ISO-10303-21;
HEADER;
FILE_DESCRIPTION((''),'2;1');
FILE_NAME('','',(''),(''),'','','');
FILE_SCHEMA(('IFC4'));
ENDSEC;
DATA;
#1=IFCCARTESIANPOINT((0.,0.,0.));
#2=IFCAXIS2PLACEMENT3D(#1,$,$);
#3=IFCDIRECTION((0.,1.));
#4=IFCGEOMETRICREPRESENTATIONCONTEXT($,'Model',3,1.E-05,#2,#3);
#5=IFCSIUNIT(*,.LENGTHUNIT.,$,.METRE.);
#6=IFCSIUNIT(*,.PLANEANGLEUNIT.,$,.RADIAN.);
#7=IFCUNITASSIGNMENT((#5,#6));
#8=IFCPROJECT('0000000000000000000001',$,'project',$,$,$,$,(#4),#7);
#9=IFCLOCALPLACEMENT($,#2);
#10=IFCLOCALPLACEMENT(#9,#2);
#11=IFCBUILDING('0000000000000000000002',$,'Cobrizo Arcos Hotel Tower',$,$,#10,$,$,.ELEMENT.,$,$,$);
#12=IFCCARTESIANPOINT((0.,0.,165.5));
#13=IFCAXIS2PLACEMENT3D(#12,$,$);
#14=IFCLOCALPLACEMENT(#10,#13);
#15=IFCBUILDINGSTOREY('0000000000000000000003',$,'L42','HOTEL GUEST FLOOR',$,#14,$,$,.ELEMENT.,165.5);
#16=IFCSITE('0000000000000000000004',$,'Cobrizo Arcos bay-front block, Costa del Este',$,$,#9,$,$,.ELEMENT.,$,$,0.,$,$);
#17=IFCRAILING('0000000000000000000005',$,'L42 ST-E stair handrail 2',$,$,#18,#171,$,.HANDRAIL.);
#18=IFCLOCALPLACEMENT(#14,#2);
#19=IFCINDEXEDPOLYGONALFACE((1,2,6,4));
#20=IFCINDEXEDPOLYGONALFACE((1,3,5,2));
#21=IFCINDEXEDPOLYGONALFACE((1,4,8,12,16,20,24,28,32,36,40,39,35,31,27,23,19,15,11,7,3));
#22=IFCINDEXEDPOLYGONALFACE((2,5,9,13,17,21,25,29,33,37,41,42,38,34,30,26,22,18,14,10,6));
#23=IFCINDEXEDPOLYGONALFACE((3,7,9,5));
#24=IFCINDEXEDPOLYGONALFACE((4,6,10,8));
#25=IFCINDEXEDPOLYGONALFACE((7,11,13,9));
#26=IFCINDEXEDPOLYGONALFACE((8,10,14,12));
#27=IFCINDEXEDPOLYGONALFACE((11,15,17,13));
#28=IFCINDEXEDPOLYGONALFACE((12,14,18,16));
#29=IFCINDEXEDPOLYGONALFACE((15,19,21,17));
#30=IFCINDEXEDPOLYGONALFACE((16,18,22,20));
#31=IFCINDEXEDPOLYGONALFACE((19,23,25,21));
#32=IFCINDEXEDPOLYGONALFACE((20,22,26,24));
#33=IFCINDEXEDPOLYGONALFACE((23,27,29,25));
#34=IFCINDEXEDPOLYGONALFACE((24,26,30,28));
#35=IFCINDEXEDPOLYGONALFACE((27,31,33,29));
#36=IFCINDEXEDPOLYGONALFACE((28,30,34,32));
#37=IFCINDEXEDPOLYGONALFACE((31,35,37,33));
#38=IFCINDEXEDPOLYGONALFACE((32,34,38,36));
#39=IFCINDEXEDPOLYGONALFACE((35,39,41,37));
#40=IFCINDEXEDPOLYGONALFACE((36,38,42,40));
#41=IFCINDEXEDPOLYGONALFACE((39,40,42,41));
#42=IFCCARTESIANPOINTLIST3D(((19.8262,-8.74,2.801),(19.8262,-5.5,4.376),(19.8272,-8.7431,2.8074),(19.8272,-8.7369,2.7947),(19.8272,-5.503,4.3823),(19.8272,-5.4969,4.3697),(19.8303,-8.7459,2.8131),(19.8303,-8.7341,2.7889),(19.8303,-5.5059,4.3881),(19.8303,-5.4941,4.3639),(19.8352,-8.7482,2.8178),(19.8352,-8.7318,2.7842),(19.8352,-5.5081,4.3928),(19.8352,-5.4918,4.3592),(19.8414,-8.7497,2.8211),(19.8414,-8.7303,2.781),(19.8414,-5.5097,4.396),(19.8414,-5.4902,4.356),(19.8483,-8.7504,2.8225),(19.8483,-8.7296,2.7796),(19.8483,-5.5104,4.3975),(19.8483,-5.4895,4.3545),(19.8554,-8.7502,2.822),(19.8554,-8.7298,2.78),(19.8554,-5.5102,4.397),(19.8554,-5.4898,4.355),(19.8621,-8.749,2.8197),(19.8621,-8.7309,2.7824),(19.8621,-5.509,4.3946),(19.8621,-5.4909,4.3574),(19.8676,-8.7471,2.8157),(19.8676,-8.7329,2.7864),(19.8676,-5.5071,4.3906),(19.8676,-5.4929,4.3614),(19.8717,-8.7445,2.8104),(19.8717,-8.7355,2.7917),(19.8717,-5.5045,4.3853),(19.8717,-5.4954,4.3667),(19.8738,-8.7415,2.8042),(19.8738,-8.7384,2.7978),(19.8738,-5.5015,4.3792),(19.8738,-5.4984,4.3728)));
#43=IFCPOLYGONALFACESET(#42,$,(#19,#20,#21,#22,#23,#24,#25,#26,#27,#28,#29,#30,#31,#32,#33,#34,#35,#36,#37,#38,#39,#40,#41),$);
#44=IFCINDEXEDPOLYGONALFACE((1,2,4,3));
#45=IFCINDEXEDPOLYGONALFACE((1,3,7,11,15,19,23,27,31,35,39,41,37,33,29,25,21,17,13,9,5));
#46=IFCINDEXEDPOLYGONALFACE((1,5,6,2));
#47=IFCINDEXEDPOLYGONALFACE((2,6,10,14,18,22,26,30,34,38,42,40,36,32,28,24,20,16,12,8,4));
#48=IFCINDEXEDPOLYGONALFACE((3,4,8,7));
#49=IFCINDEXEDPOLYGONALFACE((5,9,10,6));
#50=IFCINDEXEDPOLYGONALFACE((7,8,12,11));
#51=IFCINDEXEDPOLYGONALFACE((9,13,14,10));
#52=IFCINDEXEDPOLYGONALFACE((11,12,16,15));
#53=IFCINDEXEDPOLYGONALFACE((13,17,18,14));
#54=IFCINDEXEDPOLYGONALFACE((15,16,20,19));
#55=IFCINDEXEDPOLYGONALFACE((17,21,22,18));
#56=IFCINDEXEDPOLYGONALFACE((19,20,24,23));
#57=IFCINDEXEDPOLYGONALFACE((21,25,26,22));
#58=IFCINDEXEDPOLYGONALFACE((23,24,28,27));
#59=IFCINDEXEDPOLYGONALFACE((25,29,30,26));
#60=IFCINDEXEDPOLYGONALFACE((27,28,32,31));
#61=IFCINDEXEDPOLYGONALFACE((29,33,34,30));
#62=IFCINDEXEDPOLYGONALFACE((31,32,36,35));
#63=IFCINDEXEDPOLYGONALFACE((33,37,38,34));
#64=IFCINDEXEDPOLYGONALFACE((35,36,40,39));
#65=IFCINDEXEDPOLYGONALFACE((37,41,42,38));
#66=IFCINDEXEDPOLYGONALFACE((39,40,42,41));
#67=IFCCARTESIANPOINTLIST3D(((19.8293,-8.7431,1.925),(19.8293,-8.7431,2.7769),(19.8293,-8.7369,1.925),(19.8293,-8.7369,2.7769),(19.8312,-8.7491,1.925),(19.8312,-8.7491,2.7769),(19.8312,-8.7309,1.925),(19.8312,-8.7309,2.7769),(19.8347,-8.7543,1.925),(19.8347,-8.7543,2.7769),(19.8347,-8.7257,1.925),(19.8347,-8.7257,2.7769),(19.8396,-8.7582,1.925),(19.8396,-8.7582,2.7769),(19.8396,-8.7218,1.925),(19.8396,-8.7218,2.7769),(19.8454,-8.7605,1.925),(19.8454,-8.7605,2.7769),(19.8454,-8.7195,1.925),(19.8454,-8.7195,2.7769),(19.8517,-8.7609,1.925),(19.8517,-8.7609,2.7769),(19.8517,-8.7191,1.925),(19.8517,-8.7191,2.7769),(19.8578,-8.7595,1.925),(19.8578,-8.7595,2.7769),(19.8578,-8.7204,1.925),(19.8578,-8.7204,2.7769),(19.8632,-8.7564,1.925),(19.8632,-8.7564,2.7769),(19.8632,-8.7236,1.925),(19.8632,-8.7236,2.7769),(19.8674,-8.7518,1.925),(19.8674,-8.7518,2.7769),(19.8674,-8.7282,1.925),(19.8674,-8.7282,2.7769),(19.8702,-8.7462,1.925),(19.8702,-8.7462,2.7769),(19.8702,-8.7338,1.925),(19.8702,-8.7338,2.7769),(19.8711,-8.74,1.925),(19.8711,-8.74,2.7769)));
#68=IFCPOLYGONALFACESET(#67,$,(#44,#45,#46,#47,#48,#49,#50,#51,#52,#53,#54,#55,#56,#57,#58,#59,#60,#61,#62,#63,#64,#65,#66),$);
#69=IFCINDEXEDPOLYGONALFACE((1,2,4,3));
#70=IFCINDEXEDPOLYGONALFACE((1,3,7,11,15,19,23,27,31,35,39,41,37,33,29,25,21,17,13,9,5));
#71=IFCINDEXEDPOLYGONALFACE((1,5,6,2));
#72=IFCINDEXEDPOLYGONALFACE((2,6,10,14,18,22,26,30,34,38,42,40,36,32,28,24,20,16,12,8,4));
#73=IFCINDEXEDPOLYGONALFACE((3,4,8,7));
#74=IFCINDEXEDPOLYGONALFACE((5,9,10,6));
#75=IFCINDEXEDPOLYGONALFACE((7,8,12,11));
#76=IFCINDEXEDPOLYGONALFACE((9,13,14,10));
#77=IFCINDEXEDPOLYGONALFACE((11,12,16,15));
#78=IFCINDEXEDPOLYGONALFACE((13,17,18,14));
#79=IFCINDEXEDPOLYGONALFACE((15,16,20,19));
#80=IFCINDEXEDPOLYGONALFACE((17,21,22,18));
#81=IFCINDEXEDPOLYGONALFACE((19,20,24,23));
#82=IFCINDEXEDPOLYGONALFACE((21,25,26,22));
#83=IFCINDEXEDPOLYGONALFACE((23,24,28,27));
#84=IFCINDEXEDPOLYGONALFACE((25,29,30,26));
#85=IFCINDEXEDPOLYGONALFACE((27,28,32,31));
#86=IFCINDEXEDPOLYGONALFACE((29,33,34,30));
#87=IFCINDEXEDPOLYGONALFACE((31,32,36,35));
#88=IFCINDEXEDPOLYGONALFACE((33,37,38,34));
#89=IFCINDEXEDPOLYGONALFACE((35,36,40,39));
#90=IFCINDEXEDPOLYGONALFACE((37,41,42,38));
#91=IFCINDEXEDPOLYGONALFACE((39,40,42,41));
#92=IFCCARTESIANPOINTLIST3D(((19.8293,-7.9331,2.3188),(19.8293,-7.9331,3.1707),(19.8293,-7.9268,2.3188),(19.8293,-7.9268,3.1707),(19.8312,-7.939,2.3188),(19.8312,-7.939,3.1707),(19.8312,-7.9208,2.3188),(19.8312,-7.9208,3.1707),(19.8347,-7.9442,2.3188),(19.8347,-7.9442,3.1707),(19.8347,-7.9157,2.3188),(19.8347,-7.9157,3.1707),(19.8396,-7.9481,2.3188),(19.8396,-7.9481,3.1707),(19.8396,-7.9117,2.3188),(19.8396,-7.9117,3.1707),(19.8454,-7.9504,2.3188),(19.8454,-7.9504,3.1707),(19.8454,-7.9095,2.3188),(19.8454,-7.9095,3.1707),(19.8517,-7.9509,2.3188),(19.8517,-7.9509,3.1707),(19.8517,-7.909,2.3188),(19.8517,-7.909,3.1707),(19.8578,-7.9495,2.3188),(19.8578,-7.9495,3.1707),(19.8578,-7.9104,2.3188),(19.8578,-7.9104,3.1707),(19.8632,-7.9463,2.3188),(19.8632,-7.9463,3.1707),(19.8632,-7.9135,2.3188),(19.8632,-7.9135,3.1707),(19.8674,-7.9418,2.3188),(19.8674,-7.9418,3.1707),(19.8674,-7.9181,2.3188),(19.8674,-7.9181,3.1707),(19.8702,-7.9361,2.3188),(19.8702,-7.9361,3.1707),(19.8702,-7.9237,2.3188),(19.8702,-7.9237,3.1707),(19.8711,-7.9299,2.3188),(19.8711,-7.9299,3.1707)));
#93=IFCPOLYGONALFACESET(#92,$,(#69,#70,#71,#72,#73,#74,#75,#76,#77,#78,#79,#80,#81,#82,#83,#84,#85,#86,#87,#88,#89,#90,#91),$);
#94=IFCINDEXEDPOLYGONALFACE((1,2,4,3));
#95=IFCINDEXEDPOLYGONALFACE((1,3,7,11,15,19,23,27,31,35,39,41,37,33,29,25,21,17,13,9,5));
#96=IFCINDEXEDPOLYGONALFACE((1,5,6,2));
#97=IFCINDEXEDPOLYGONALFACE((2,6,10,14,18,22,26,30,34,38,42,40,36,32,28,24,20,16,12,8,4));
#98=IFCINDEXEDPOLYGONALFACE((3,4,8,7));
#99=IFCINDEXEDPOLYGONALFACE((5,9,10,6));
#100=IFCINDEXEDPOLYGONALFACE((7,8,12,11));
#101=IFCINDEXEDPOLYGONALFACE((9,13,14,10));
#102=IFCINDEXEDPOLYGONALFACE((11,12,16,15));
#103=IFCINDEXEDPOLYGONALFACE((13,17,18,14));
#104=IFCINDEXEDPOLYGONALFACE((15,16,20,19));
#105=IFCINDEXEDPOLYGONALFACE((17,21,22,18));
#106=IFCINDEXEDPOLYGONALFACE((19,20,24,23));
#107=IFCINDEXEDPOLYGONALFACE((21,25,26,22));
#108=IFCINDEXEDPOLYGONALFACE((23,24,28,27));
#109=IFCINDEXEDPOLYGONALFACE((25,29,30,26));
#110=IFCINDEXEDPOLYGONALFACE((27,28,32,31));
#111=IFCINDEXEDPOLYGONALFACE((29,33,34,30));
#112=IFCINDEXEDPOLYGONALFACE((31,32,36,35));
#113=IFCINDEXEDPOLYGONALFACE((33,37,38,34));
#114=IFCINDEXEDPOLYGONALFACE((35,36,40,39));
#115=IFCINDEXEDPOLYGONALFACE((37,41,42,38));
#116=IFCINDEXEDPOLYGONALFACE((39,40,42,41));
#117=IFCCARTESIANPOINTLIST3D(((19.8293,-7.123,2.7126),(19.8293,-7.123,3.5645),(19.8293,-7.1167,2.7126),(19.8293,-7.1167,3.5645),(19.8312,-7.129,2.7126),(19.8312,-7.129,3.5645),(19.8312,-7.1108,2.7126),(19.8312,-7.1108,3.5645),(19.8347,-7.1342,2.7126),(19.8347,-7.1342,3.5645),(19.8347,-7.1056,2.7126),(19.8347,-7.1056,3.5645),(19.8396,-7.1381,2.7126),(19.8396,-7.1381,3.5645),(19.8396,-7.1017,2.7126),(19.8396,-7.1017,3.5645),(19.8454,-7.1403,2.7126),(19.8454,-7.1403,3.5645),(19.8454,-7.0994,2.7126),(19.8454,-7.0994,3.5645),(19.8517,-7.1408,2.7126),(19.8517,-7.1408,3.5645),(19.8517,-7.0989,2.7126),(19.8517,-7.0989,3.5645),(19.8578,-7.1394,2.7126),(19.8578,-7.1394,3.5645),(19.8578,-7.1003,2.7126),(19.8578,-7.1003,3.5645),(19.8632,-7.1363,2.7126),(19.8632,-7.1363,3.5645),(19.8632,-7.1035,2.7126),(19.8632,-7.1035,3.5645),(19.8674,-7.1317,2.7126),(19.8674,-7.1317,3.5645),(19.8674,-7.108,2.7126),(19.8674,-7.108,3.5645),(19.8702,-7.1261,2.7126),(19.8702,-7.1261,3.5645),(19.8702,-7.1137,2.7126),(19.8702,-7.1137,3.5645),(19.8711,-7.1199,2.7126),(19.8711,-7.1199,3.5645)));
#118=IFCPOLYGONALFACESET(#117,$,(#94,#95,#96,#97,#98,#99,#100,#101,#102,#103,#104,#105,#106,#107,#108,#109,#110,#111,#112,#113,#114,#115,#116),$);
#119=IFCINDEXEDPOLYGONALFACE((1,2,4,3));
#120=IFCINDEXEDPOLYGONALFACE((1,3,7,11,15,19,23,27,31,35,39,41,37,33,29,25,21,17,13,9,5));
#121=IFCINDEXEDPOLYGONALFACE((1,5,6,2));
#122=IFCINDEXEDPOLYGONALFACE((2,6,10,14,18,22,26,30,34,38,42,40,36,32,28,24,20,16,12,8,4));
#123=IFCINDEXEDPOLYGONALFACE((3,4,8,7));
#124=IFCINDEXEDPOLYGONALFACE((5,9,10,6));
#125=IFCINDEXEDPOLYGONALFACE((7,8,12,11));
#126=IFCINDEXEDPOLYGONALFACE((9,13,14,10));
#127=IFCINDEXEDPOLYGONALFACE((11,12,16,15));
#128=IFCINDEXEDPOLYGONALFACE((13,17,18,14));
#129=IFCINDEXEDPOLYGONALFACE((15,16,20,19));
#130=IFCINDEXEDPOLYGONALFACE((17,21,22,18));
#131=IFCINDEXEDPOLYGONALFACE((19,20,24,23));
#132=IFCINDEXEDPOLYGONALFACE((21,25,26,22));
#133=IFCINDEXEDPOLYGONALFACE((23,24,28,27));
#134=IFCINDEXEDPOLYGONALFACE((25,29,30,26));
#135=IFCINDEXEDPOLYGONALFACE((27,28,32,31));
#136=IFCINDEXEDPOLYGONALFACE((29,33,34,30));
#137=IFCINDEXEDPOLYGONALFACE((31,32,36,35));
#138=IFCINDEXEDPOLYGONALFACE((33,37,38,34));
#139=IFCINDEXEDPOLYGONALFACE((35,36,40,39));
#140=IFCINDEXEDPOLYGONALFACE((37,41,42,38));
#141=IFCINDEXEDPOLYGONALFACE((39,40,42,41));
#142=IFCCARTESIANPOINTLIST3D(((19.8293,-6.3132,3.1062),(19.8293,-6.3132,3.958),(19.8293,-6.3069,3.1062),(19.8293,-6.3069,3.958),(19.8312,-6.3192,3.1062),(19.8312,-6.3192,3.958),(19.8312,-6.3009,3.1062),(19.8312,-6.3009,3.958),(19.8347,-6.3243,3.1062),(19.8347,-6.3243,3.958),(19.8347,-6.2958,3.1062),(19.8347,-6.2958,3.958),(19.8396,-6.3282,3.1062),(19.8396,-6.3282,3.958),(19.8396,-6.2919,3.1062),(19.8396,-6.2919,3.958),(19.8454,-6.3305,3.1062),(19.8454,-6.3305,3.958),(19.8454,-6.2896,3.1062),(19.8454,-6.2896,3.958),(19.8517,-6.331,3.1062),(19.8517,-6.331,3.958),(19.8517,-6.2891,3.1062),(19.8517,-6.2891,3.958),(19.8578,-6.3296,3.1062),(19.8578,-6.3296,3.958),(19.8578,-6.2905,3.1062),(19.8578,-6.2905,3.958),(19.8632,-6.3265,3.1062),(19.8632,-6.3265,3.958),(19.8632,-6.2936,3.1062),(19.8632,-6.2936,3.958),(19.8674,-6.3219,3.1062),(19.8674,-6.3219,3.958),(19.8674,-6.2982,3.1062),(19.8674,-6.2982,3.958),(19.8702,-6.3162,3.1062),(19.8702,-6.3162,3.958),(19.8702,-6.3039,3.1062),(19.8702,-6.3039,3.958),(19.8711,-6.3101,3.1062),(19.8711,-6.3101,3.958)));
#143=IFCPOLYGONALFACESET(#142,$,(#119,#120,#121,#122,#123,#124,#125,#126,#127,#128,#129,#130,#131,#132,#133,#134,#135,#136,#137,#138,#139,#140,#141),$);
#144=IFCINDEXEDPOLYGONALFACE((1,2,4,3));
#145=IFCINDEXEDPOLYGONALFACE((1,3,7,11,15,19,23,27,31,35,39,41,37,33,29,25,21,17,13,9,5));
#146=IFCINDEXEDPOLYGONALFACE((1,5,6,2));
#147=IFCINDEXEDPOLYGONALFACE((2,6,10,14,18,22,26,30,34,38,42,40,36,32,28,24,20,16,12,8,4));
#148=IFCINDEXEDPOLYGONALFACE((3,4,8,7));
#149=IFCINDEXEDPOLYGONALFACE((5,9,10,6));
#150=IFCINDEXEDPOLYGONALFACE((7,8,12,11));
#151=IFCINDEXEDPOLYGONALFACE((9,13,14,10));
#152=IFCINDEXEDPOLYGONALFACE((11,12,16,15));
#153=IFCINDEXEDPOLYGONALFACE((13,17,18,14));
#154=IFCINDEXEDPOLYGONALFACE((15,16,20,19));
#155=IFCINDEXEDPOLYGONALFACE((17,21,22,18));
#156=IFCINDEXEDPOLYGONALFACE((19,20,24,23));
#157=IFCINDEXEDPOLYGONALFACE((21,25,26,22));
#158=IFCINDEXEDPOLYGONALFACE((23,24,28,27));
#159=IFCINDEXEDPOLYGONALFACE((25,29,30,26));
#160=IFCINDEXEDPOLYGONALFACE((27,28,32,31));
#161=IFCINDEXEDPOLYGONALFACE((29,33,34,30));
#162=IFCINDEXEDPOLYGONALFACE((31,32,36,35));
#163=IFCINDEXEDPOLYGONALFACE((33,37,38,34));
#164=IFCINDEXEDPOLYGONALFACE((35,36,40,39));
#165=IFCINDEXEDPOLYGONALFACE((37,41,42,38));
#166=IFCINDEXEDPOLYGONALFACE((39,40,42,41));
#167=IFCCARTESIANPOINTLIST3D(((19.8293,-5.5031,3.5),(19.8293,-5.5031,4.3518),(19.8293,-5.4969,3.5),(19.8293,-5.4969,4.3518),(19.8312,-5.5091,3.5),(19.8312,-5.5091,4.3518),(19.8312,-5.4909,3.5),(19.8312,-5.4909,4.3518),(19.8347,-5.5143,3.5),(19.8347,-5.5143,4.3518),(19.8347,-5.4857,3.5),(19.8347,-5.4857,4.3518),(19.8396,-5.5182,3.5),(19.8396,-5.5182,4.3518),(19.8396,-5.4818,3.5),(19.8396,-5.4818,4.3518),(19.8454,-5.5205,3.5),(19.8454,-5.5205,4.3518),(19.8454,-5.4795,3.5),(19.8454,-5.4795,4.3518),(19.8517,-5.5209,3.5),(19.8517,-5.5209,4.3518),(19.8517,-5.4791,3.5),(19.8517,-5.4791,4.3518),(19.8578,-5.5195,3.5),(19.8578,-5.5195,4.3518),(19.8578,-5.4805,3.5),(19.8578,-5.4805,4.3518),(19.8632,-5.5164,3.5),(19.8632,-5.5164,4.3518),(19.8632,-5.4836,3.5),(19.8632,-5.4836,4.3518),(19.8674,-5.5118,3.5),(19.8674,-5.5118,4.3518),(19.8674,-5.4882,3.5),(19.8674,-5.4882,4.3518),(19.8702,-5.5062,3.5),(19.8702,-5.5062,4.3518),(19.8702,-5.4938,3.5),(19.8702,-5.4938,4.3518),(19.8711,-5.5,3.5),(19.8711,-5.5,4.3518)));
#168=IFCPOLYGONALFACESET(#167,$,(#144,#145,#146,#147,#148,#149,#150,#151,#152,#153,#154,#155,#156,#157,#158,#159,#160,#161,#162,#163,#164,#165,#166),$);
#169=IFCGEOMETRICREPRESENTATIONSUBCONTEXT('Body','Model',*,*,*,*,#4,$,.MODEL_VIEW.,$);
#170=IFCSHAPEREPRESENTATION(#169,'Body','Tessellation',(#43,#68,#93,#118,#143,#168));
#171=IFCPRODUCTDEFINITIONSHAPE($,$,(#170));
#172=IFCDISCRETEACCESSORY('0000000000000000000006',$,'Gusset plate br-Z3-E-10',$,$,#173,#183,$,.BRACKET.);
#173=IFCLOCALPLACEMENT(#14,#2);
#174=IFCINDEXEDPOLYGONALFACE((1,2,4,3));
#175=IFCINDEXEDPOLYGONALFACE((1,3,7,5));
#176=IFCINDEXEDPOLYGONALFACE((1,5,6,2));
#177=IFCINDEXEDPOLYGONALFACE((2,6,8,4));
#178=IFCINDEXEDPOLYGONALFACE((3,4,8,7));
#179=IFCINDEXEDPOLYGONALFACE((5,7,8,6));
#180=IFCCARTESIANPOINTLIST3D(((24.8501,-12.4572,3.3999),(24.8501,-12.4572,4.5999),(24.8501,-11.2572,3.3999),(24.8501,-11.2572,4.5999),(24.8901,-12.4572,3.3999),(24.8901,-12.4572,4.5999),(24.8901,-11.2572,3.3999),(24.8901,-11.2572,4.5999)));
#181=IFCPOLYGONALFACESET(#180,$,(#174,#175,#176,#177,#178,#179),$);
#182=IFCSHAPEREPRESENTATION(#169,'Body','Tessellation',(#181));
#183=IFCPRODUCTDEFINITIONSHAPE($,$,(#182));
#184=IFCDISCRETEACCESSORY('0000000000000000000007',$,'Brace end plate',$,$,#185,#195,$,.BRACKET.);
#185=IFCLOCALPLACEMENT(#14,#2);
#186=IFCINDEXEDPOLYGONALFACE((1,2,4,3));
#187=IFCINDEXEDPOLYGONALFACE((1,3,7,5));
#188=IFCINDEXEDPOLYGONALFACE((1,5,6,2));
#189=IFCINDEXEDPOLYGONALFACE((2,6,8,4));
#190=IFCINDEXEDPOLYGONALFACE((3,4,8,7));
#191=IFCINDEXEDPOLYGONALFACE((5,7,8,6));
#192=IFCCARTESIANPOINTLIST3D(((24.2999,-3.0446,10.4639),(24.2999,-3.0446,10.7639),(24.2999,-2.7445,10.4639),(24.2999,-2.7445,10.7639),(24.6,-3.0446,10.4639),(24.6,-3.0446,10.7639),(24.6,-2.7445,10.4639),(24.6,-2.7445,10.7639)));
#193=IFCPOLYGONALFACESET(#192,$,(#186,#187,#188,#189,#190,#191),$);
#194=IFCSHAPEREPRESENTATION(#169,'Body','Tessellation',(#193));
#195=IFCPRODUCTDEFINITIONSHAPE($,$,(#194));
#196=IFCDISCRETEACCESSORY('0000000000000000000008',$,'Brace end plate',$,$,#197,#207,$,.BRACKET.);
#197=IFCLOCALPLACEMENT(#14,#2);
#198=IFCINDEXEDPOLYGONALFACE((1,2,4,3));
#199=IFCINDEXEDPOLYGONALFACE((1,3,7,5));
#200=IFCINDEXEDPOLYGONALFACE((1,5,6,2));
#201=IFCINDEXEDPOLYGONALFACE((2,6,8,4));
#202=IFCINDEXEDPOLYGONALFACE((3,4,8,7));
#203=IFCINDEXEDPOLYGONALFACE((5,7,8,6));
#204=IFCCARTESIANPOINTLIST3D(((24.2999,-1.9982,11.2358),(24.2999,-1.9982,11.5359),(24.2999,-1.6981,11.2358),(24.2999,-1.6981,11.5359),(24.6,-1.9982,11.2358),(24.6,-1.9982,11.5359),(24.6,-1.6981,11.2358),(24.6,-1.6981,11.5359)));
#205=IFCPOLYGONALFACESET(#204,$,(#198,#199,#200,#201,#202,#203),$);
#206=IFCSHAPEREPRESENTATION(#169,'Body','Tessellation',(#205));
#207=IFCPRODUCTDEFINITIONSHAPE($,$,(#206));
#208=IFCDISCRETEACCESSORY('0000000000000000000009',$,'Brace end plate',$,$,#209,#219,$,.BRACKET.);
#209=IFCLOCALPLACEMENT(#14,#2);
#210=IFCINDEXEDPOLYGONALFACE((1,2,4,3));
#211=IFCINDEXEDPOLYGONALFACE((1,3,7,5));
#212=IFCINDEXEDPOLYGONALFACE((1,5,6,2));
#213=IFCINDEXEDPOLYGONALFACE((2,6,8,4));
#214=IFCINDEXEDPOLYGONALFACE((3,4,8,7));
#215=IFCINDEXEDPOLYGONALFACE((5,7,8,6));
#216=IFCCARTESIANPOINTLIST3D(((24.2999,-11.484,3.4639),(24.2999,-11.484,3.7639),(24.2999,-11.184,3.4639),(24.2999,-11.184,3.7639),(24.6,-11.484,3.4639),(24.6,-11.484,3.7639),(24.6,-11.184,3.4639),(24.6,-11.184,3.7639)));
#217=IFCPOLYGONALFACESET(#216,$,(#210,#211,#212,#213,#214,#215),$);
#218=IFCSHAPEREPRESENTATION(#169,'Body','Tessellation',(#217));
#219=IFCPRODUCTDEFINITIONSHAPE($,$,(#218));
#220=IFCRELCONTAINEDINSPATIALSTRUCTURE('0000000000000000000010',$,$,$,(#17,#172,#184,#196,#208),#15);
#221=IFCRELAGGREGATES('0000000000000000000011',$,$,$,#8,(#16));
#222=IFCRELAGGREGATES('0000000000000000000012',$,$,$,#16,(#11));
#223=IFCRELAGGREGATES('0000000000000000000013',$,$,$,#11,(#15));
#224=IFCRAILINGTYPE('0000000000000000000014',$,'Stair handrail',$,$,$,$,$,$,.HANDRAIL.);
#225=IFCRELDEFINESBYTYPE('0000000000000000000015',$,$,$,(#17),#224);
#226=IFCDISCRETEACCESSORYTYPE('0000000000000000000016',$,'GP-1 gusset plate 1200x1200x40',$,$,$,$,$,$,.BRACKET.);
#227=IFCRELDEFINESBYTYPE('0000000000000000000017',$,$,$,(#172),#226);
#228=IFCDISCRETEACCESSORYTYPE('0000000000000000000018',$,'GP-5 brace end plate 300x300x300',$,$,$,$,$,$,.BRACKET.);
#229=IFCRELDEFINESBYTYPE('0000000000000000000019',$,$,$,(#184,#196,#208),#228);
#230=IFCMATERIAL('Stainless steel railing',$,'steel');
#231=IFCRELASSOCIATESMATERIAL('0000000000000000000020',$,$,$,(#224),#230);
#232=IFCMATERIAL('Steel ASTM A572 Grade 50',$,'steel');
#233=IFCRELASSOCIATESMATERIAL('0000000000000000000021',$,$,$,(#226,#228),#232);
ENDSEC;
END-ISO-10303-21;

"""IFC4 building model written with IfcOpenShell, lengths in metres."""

from ifc_helpers import new_model, si_unit, direction, frame, origin, origin_2d, place, context, subcontext, project, spatial, rectangle, circle, extrude, material, type_object, element, save


model = new_model("IFC4")

# Units and contexts
model_context = context("Model", 3, precision=1e-05, world=origin(), true_north=direction((0.0, 1.0)))
body_context = subcontext(model_context, "Body", "Model", "MODEL_VIEW")
ifc_project = project(units=[si_unit("LENGTHUNIT", "METRE"), si_unit("PLANEANGLEUNIT", "RADIAN")], contexts=[model_context])

# Site, building, storey
site_placement = place(None, origin())
site = spatial("IfcSite", under=ifc_project, at=site_placement, Name="Cobrizo Arcos bay-front block, Costa del Este", CompositionType="ELEMENT", RefElevation=0.0)
building_placement = place(site_placement, origin())
building = spatial("IfcBuilding", under=site, at=building_placement, Name="Cobrizo Arcos Hotel Tower", CompositionType="ELEMENT")
storey_placement = place(building_placement, frame((0.0, 0.0, 165.5)))
storey = spatial("IfcBuildingStorey", under=building, at=storey_placement, Name="L42", Description="HOTEL GUEST FLOOR", CompositionType="ELEMENT", Elevation=165.5)

# Shared definitions
ifc_material_1 = material(Name="Steel ASTM A572 Grade 50", Category="steel")

# Railing
ifc_material_2 = material(Name="Stainless steel railing", Category="steel")
railing_type_1 = type_object("IfcRailingType", Name="Stair handrail", PredefinedType="HANDRAIL", material=ifc_material_2)
railing_1_placement = place(storey_placement, frame((19.8501, -8.74, 1.925)))
element("IfcRailing", 1, at=railing_1_placement, inside=storey, type_object=railing_type_1, Name="L42 ST-E stair handrail 2", PredefinedType="HANDRAIL", context=body_context, shape_type="SweptSolid", body=[
    extrude(circle(Radius=0.0239, at=origin_2d()), frame((0.0, 0.0, 0.876), z_axis=(0.0, 0.899373, 0.437183), x_axis=(-1.0, 0.0, 0.0)), (0.0, 0.0, 1.0), 3.6025),
    extrude(circle(Radius=0.021, at=origin_2d()), origin(), (0.0, 0.0, 1.0), 0.8518),
    extrude(circle(Radius=0.021, at=origin_2d()), frame((0.0, 0.8101, 0.3938)), (0.0, 0.0, 1.0), 0.8518),
    extrude(circle(Radius=0.021, at=origin_2d()), frame((0.0, 1.6201, 0.7876)), (0.0, 0.0, 1.0), 0.8518),
    extrude(circle(Radius=0.021, at=origin_2d()), frame((0.0, 2.4299, 1.1812)), (0.0, 0.0, 1.0), 0.8518),
    extrude(circle(Radius=0.021, at=origin_2d()), frame((0.0, 3.24, 1.575)), (0.0, 0.0, 1.0), 0.8518),
])

# Discrete accessories
discrete_accessory_type_1 = type_object("IfcDiscreteAccessoryType", Name="GP-1 gusset plate 1200x1200x40", PredefinedType="BRACKET", material=ifc_material_1)
discrete_accessory_placement = place(storey_placement, frame((24.8701, -11.8572, 3.3999), z_axis=(0.0, 0.0, 1.0), x_axis=(1.0, 0.0, 0.0)))
element("IfcDiscreteAccessory", 2, at=discrete_accessory_placement, inside=storey, type_object=discrete_accessory_type_1, Name="Gusset plate br-Z3-E-10", PredefinedType="BRACKET", context=body_context, shape_type="SweptSolid", body=[
    extrude(rectangle(XDim=0.04, YDim=1.2, at=origin_2d()), origin(), (0.0, 0.0, 1.0), 1.2),
])
discrete_accessory_type_2 = type_object("IfcDiscreteAccessoryType", Name="GP-5 brace end plate 300x300x300", PredefinedType="BRACKET", material=ifc_material_1)
for number, where, z_axis, x_axis, name in (
    (3, (24.45, -2.8945, 10.4639), (0.0, 0.0, 1.0), (1.0, 0.0, 0.0), "Brace end plate"),
    (4, (24.45, -1.8481, 11.2358), (0.0, 0.0, 1.0), (1.0, 0.0, 0.0), "Brace end plate"),
    (5, (24.45, -11.334, 3.4639), (0.0, 0.0, 1.0), (1.0, 0.0, 0.0), "Brace end plate"),
):
    element("IfcDiscreteAccessory", number, at=place(storey_placement, frame(where, z_axis=z_axis, x_axis=x_axis)), inside=storey, type_object=discrete_accessory_type_2, Name=name, PredefinedType="BRACKET", context=body_context, shape_type="SweptSolid", body=[
        extrude(rectangle(XDim=0.3, YDim=0.3, at=origin_2d()), origin(), (0.0, 0.0, 1.0), 0.3),
    ])

save(model, "model.ifc")
